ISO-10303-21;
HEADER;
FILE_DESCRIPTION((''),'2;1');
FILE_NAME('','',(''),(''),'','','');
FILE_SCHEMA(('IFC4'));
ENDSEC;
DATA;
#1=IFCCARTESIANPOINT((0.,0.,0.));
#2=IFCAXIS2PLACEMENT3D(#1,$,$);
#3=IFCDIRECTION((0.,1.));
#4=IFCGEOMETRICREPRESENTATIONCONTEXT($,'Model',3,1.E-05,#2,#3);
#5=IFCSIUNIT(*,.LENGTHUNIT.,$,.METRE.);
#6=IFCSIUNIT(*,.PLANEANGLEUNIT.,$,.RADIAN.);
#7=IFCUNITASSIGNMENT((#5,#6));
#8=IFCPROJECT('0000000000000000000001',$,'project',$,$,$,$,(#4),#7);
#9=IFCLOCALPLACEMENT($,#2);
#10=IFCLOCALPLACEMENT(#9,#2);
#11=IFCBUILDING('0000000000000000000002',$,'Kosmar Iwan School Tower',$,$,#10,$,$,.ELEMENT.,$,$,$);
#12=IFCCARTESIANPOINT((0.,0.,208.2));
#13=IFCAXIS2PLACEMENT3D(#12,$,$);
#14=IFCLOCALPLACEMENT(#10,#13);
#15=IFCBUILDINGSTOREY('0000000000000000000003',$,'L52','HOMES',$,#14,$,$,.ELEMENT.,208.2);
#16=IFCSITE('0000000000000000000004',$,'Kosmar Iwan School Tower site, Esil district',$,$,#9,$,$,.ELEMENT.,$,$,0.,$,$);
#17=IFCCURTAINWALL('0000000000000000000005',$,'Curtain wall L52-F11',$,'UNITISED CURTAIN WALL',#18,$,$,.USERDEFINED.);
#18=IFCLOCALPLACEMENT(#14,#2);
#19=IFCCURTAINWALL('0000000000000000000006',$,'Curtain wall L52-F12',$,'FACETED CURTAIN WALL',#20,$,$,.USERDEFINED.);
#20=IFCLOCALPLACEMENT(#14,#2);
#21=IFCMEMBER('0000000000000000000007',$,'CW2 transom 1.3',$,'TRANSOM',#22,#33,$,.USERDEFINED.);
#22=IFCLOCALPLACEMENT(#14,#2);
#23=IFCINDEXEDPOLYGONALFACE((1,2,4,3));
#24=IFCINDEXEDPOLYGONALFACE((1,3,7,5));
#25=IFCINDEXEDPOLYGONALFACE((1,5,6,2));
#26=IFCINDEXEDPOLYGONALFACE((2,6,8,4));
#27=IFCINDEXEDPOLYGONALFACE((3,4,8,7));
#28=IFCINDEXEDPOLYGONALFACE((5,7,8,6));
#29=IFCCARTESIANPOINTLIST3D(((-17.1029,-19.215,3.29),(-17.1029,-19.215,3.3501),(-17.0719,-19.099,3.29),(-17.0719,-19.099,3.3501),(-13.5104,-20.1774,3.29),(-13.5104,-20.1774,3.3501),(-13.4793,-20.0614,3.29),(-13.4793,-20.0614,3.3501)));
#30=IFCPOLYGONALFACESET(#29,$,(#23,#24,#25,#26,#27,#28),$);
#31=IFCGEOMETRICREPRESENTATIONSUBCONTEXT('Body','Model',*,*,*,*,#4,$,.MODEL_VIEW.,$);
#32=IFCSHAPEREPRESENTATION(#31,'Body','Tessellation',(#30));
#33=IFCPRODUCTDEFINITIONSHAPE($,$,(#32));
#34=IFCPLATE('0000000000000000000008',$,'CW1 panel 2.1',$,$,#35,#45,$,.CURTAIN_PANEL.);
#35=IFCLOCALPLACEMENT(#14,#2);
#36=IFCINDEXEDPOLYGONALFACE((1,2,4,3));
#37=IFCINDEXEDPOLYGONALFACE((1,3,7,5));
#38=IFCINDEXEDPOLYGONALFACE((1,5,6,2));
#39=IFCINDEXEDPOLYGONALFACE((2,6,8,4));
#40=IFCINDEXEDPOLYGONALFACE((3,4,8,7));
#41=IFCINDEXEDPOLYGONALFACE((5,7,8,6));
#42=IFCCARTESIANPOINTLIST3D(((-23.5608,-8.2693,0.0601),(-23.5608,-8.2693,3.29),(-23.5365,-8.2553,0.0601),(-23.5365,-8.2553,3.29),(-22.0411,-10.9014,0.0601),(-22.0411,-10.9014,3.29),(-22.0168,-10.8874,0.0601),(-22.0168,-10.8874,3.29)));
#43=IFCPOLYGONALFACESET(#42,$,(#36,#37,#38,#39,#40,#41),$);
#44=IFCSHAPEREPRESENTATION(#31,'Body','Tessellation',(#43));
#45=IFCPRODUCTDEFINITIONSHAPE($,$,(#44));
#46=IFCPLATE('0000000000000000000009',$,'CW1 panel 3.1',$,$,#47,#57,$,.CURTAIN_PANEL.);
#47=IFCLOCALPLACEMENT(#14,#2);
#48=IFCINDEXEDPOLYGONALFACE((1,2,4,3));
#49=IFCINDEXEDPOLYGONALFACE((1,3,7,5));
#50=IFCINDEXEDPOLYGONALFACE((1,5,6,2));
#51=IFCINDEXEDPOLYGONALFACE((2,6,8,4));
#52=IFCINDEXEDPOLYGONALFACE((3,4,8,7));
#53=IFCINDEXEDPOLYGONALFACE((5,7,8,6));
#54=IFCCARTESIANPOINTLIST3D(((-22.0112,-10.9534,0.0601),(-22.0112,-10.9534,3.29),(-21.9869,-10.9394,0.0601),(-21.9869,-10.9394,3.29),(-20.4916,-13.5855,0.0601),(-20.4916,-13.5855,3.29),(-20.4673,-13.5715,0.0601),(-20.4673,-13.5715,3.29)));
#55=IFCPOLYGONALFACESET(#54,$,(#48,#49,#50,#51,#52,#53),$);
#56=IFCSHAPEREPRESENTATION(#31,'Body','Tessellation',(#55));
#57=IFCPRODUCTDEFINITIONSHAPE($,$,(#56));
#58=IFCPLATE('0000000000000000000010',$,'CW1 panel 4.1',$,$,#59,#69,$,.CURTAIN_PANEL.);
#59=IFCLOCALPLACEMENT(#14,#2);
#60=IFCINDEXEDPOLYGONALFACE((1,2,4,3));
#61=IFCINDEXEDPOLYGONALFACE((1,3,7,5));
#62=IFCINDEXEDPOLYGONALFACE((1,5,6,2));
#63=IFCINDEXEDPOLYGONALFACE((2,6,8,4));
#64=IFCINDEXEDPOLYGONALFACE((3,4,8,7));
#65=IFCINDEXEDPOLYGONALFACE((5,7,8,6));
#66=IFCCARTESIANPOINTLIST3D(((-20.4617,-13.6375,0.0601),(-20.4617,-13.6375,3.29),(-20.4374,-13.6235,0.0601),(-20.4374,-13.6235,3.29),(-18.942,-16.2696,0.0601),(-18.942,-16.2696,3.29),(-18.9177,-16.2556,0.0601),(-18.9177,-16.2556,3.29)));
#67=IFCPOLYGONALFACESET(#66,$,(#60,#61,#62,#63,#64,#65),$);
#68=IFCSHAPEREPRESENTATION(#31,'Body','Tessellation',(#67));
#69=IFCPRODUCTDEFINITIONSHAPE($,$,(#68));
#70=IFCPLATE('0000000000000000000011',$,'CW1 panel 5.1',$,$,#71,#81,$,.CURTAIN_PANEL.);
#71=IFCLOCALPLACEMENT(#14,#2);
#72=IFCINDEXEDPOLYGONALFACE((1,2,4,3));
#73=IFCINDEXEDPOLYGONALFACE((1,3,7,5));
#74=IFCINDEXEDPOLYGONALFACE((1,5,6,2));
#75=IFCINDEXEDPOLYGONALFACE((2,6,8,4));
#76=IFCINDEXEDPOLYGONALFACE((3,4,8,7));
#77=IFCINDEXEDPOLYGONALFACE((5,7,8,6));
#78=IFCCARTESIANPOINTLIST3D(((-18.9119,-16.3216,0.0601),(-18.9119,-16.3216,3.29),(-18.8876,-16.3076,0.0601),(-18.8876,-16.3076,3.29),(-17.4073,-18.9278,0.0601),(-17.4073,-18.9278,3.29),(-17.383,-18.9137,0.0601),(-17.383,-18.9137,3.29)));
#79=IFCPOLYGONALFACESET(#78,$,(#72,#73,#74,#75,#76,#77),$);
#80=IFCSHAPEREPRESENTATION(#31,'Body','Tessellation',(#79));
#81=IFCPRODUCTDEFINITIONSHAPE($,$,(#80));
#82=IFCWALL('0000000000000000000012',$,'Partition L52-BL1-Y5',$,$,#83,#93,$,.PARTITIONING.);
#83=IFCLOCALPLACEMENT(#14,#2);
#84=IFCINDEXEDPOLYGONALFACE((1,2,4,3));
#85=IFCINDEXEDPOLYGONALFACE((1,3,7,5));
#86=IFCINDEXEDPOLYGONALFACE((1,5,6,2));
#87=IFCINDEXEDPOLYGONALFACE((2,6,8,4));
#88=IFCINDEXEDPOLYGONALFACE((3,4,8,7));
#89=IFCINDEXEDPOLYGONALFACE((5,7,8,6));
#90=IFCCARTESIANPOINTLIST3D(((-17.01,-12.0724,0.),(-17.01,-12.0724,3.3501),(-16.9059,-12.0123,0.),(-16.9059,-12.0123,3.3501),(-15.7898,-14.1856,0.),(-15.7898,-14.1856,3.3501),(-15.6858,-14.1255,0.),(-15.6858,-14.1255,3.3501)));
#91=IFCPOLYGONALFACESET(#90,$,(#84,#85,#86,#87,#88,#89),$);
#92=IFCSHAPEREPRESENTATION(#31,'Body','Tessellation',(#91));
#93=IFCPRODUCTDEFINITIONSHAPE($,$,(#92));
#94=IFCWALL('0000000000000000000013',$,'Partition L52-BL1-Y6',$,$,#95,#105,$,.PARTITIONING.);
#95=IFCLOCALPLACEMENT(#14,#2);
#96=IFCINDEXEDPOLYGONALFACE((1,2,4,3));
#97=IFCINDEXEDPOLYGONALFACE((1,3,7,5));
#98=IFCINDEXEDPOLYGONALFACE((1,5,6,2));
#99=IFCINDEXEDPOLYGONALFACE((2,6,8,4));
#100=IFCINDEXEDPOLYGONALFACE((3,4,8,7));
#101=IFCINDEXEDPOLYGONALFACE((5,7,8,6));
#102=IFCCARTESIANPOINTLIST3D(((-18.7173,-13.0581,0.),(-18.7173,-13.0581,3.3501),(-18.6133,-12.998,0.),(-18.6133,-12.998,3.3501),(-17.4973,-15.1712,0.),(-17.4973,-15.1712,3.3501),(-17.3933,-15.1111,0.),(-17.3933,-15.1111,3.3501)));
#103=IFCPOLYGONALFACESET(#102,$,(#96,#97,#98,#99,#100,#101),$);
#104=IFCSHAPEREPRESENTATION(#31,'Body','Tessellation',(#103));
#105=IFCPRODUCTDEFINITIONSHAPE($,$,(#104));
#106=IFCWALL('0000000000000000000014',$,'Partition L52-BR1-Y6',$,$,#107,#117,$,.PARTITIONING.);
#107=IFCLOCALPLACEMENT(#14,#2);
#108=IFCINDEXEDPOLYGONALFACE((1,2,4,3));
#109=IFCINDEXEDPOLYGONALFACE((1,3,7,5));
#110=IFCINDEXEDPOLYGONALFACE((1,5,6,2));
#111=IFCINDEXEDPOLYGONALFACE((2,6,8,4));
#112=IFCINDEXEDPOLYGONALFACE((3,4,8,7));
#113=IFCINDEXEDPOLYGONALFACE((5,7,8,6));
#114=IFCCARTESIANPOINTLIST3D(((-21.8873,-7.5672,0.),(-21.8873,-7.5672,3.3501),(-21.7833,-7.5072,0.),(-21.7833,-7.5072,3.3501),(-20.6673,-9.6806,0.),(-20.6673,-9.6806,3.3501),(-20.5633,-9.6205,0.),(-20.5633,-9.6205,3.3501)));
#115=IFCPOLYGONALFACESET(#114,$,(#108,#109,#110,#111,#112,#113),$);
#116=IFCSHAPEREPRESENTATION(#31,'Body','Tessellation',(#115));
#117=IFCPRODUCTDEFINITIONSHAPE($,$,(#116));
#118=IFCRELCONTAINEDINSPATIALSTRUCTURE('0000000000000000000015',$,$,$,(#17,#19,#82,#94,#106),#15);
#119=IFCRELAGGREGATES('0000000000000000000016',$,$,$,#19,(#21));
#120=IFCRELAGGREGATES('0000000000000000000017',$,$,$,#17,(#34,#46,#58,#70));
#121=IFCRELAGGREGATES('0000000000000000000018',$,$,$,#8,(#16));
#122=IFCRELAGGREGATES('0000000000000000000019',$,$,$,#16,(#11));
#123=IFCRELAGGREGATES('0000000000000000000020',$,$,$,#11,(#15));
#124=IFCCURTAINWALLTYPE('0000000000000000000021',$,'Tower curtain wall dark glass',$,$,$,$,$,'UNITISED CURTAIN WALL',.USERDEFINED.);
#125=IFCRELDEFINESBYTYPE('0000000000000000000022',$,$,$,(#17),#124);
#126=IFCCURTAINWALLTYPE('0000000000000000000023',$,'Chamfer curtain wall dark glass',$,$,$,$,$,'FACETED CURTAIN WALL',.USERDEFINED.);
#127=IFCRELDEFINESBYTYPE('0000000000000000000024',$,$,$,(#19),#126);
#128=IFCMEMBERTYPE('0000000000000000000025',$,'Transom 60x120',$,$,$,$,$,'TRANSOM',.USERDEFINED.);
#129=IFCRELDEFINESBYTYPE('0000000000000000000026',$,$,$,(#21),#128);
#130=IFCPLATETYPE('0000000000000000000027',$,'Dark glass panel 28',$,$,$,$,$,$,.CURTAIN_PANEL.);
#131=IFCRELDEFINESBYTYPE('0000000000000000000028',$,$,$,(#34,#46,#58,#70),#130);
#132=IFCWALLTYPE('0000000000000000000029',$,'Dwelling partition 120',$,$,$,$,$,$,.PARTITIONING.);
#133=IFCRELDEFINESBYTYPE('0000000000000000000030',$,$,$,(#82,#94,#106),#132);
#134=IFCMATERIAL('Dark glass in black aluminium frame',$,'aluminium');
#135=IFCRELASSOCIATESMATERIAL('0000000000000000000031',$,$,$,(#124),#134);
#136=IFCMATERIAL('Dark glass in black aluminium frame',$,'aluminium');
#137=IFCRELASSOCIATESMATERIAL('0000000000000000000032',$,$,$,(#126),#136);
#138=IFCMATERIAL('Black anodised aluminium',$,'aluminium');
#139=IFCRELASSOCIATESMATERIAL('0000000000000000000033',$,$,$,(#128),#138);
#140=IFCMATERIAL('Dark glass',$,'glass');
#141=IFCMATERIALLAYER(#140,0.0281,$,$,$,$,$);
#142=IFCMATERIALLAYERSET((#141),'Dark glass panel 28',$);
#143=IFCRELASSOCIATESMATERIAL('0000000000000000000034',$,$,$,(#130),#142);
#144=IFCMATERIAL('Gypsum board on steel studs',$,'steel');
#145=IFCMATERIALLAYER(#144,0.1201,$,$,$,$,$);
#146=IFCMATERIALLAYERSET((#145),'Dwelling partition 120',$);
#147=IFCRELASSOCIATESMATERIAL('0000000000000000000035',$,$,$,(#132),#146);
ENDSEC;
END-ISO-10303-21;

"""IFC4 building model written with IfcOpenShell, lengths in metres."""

from ifc_helpers import new_model, si_unit, direction, frame, frame_2d, origin, origin_2d, place, context, subcontext, project, spatial, rectangle, extrude, material, layer, layer_set, material_profile, profile_set, type_object, element, aggregate, save


model = new_model("IFC4")

# Units and contexts
model_context = context("Model", 3, precision=1e-05, world=origin(), true_north=direction((0.0, 1.0)))
body_context = subcontext(model_context, "Body", "Model", "MODEL_VIEW")
ifc_project = project(units=[si_unit("LENGTHUNIT", "METRE"), si_unit("PLANEANGLEUNIT", "RADIAN")], contexts=[model_context])

# Site, building, storey
site_placement = place(None, origin())
site = spatial("IfcSite", under=ifc_project, at=site_placement, Name="Kosmar Iwan School Tower site, Esil district", CompositionType="ELEMENT", RefElevation=0.0)
building_placement = place(site_placement, origin())
building = spatial("IfcBuilding", under=site, at=building_placement, Name="Kosmar Iwan School Tower", CompositionType="ELEMENT")
storey_placement = place(building_placement, frame((0.0, 0.0, 208.2)))
storey = spatial("IfcBuildingStorey", under=building, at=storey_placement, Name="L52", Description="HOMES", CompositionType="ELEMENT", Elevation=208.2)

# Curtain wall
ifc_material_1 = material(Name="Dark glass in black aluminium frame", Category="aluminium")
curtain_wall_type_1 = type_object("IfcCurtainWallType", Name="Tower curtain wall dark glass", ElementType="UNITISED CURTAIN WALL", PredefinedType="USERDEFINED", material=ifc_material_1)
curtain_wall_1_placement = place(storey_placement, origin())
curtain_wall_1 = element("IfcCurtainWall", 1, at=curtain_wall_1_placement, inside=storey, type_object=curtain_wall_type_1, Name="Curtain wall L52-F11", ObjectType="UNITISED CURTAIN WALL", PredefinedType="USERDEFINED")

# Curtain wall
ifc_material_2 = material(Name="Dark glass in black aluminium frame", Category="aluminium")
curtain_wall_type_2 = type_object("IfcCurtainWallType", Name="Chamfer curtain wall dark glass", ElementType="FACETED CURTAIN WALL", PredefinedType="USERDEFINED", material=ifc_material_2)
curtain_wall_2_placement = place(storey_placement, origin())
curtain_wall_2 = element("IfcCurtainWall", 2, at=curtain_wall_2_placement, inside=storey, type_object=curtain_wall_type_2, Name="Curtain wall L52-F12", ObjectType="FACETED CURTAIN WALL", PredefinedType="USERDEFINED")

# Member
ifc_material_3 = material(Name="Black anodised aluminium", Category="aluminium")
ifc_material_profile_1 = material_profile(ifc_material_3, rectangle(XDim=0.1201, YDim=0.0601, at=origin_2d()), Name="TRANSOM 60x120")
ifc_profile_set_1 = profile_set([ifc_material_profile_1], Name="Black anodised aluminium")
member_type_1 = type_object("IfcMemberType", Name="Transom 60x120", ElementType="TRANSOM", PredefinedType="USERDEFINED", material=ifc_profile_set_1)
member_1_placement = place(storey_placement, frame((-17.0874, -19.157, 3.3201), z_axis=(0.96594, -0.258766, 0.0), x_axis=(0.258766, 0.96594, 0.0)))
member_1 = element("IfcMember", 3, at=member_1_placement, type_object=member_type_1, Name="CW2 transom 1.3", ObjectType="TRANSOM", PredefinedType="USERDEFINED", context=body_context, shape_type="SweptSolid", body=[
    extrude(rectangle(XDim=0.1201, YDim=0.0601, at=origin_2d()), origin(), (0.0, 0.0, 1.0), 3.7192),
])
aggregate(curtain_wall_2, [member_1])

# Plates
ifc_material_4 = material(Name="Dark glass", Category="glass")
ifc_layer_1 = layer(ifc_material_4, 0.0281)
ifc_layer_set_1 = layer_set([ifc_layer_1], Name="Dark glass panel 28")
plate_type = type_object("IfcPlateType", Name="Dark glass panel 28", PredefinedType="CURTAIN_PANEL", material=ifc_layer_set_1)
plate_1_placement = place(storey_placement, frame((-22.7888, -9.5784, 0.0601), z_axis=(0.0, 0.0, 1.0), x_axis=(0.5, -0.866025, 0.0)))
plate_1 = element("IfcPlate", 4, at=plate_1_placement, type_object=plate_type, Name="CW1 panel 2.1", PredefinedType="CURTAIN_PANEL", context=body_context, shape_type="SweptSolid", body=[
    extrude(rectangle(XDim=3.0393, YDim=0.0281, at=origin_2d()), origin(), (0.0, 0.0, 1.0), 3.23),
])
plate_2_placement = place(storey_placement, frame((-21.2393, -12.2625, 0.0601), z_axis=(0.0, 0.0, 1.0), x_axis=(0.5, -0.866025, 0.0)))
plate_2 = element("IfcPlate", 5, at=plate_2_placement, type_object=plate_type, Name="CW1 panel 3.1", PredefinedType="CURTAIN_PANEL", context=body_context, shape_type="SweptSolid", body=[
    extrude(rectangle(XDim=3.0393, YDim=0.0281, at=origin_2d()), origin(), (0.0, 0.0, 1.0), 3.23),
])
plate_3_placement = place(storey_placement, frame((-19.6897, -14.9465, 0.0601), z_axis=(0.0, 0.0, 1.0), x_axis=(0.5, -0.866025, 0.0)))
plate_3 = element("IfcPlate", 6, at=plate_3_placement, type_object=plate_type, Name="CW1 panel 4.1", PredefinedType="CURTAIN_PANEL", context=body_context, shape_type="SweptSolid", body=[
    extrude(rectangle(XDim=3.0393, YDim=0.0281, at=origin_2d()), origin(), (0.0, 0.0, 1.0), 3.23),
])
plate_4_placement = place(storey_placement, frame((-18.1475, -17.6177, 0.0601), z_axis=(0.0, 0.0, 1.0), x_axis=(0.5, -0.866025, 0.0)))
plate_4 = element("IfcPlate", 7, at=plate_4_placement, type_object=plate_type, Name="CW1 panel 5.1", PredefinedType="CURTAIN_PANEL", context=body_context, shape_type="SweptSolid", body=[
    extrude(rectangle(XDim=3.0093, YDim=0.0281, at=origin_2d()), origin(), (0.0, 0.0, 1.0), 3.23),
])
aggregate(curtain_wall_1, [plate_1, plate_2, plate_3, plate_4])

# Walls
ifc_material_5 = material(Name="Gypsum board on steel studs", Category="steel")
ifc_layer_2 = layer(ifc_material_5, 0.1201)
ifc_layer_set_2 = layer_set([ifc_layer_2], Name="Dwelling partition 120")
wall_type = type_object("IfcWallType", Name="Dwelling partition 120", PredefinedType="PARTITIONING", material=ifc_layer_set_2)
wall_1_placement = place(storey_placement, frame((-16.958, -12.0422, 0.0), z_axis=(0.0, 0.0, 1.0), x_axis=(0.500034, -0.866006, 0.0)))
element("IfcWall", 8, at=wall_1_placement, inside=storey, type_object=wall_type, Name="Partition L52-BL1-Y5", PredefinedType="PARTITIONING", context=body_context, shape_type="SweptSolid", body=[
    extrude(rectangle(XDim=2.4402, YDim=0.1201, at=frame_2d((1.2202, 0.0))), origin(), (0.0, 0.0, 1.0), 3.3501),
])
wall_2_placement = place(storey_placement, frame((-18.6653, -13.0281, 0.0), z_axis=(0.0, 0.0, 1.0), x_axis=(0.500003, -0.866024, 0.0)))
element("IfcWall", 9, at=wall_2_placement, inside=storey, type_object=wall_type, Name="Partition L52-BL1-Y6", PredefinedType="PARTITIONING", context=body_context, shape_type="SweptSolid", body=[
    extrude(rectangle(XDim=2.4399, YDim=0.1201, at=frame_2d((1.22, 0.0))), origin(), (0.0, 0.0, 1.0), 3.3501),
])
wall_3_placement = place(storey_placement, frame((-20.6152, -9.6506, 0.0), z_axis=(0.0, 0.0, 1.0), x_axis=(-0.499959, 0.866049, 0.0)))
element("IfcWall", 10, at=wall_3_placement, inside=storey, type_object=wall_type, Name="Partition L52-BR1-Y6", PredefinedType="PARTITIONING", context=body_context, shape_type="SweptSolid", body=[
    extrude(rectangle(XDim=2.4402, YDim=0.1201, at=frame_2d((1.2202, 0.0))), origin(), (0.0, 0.0, 1.0), 3.3501),
])

save(model, "model.ifc")
